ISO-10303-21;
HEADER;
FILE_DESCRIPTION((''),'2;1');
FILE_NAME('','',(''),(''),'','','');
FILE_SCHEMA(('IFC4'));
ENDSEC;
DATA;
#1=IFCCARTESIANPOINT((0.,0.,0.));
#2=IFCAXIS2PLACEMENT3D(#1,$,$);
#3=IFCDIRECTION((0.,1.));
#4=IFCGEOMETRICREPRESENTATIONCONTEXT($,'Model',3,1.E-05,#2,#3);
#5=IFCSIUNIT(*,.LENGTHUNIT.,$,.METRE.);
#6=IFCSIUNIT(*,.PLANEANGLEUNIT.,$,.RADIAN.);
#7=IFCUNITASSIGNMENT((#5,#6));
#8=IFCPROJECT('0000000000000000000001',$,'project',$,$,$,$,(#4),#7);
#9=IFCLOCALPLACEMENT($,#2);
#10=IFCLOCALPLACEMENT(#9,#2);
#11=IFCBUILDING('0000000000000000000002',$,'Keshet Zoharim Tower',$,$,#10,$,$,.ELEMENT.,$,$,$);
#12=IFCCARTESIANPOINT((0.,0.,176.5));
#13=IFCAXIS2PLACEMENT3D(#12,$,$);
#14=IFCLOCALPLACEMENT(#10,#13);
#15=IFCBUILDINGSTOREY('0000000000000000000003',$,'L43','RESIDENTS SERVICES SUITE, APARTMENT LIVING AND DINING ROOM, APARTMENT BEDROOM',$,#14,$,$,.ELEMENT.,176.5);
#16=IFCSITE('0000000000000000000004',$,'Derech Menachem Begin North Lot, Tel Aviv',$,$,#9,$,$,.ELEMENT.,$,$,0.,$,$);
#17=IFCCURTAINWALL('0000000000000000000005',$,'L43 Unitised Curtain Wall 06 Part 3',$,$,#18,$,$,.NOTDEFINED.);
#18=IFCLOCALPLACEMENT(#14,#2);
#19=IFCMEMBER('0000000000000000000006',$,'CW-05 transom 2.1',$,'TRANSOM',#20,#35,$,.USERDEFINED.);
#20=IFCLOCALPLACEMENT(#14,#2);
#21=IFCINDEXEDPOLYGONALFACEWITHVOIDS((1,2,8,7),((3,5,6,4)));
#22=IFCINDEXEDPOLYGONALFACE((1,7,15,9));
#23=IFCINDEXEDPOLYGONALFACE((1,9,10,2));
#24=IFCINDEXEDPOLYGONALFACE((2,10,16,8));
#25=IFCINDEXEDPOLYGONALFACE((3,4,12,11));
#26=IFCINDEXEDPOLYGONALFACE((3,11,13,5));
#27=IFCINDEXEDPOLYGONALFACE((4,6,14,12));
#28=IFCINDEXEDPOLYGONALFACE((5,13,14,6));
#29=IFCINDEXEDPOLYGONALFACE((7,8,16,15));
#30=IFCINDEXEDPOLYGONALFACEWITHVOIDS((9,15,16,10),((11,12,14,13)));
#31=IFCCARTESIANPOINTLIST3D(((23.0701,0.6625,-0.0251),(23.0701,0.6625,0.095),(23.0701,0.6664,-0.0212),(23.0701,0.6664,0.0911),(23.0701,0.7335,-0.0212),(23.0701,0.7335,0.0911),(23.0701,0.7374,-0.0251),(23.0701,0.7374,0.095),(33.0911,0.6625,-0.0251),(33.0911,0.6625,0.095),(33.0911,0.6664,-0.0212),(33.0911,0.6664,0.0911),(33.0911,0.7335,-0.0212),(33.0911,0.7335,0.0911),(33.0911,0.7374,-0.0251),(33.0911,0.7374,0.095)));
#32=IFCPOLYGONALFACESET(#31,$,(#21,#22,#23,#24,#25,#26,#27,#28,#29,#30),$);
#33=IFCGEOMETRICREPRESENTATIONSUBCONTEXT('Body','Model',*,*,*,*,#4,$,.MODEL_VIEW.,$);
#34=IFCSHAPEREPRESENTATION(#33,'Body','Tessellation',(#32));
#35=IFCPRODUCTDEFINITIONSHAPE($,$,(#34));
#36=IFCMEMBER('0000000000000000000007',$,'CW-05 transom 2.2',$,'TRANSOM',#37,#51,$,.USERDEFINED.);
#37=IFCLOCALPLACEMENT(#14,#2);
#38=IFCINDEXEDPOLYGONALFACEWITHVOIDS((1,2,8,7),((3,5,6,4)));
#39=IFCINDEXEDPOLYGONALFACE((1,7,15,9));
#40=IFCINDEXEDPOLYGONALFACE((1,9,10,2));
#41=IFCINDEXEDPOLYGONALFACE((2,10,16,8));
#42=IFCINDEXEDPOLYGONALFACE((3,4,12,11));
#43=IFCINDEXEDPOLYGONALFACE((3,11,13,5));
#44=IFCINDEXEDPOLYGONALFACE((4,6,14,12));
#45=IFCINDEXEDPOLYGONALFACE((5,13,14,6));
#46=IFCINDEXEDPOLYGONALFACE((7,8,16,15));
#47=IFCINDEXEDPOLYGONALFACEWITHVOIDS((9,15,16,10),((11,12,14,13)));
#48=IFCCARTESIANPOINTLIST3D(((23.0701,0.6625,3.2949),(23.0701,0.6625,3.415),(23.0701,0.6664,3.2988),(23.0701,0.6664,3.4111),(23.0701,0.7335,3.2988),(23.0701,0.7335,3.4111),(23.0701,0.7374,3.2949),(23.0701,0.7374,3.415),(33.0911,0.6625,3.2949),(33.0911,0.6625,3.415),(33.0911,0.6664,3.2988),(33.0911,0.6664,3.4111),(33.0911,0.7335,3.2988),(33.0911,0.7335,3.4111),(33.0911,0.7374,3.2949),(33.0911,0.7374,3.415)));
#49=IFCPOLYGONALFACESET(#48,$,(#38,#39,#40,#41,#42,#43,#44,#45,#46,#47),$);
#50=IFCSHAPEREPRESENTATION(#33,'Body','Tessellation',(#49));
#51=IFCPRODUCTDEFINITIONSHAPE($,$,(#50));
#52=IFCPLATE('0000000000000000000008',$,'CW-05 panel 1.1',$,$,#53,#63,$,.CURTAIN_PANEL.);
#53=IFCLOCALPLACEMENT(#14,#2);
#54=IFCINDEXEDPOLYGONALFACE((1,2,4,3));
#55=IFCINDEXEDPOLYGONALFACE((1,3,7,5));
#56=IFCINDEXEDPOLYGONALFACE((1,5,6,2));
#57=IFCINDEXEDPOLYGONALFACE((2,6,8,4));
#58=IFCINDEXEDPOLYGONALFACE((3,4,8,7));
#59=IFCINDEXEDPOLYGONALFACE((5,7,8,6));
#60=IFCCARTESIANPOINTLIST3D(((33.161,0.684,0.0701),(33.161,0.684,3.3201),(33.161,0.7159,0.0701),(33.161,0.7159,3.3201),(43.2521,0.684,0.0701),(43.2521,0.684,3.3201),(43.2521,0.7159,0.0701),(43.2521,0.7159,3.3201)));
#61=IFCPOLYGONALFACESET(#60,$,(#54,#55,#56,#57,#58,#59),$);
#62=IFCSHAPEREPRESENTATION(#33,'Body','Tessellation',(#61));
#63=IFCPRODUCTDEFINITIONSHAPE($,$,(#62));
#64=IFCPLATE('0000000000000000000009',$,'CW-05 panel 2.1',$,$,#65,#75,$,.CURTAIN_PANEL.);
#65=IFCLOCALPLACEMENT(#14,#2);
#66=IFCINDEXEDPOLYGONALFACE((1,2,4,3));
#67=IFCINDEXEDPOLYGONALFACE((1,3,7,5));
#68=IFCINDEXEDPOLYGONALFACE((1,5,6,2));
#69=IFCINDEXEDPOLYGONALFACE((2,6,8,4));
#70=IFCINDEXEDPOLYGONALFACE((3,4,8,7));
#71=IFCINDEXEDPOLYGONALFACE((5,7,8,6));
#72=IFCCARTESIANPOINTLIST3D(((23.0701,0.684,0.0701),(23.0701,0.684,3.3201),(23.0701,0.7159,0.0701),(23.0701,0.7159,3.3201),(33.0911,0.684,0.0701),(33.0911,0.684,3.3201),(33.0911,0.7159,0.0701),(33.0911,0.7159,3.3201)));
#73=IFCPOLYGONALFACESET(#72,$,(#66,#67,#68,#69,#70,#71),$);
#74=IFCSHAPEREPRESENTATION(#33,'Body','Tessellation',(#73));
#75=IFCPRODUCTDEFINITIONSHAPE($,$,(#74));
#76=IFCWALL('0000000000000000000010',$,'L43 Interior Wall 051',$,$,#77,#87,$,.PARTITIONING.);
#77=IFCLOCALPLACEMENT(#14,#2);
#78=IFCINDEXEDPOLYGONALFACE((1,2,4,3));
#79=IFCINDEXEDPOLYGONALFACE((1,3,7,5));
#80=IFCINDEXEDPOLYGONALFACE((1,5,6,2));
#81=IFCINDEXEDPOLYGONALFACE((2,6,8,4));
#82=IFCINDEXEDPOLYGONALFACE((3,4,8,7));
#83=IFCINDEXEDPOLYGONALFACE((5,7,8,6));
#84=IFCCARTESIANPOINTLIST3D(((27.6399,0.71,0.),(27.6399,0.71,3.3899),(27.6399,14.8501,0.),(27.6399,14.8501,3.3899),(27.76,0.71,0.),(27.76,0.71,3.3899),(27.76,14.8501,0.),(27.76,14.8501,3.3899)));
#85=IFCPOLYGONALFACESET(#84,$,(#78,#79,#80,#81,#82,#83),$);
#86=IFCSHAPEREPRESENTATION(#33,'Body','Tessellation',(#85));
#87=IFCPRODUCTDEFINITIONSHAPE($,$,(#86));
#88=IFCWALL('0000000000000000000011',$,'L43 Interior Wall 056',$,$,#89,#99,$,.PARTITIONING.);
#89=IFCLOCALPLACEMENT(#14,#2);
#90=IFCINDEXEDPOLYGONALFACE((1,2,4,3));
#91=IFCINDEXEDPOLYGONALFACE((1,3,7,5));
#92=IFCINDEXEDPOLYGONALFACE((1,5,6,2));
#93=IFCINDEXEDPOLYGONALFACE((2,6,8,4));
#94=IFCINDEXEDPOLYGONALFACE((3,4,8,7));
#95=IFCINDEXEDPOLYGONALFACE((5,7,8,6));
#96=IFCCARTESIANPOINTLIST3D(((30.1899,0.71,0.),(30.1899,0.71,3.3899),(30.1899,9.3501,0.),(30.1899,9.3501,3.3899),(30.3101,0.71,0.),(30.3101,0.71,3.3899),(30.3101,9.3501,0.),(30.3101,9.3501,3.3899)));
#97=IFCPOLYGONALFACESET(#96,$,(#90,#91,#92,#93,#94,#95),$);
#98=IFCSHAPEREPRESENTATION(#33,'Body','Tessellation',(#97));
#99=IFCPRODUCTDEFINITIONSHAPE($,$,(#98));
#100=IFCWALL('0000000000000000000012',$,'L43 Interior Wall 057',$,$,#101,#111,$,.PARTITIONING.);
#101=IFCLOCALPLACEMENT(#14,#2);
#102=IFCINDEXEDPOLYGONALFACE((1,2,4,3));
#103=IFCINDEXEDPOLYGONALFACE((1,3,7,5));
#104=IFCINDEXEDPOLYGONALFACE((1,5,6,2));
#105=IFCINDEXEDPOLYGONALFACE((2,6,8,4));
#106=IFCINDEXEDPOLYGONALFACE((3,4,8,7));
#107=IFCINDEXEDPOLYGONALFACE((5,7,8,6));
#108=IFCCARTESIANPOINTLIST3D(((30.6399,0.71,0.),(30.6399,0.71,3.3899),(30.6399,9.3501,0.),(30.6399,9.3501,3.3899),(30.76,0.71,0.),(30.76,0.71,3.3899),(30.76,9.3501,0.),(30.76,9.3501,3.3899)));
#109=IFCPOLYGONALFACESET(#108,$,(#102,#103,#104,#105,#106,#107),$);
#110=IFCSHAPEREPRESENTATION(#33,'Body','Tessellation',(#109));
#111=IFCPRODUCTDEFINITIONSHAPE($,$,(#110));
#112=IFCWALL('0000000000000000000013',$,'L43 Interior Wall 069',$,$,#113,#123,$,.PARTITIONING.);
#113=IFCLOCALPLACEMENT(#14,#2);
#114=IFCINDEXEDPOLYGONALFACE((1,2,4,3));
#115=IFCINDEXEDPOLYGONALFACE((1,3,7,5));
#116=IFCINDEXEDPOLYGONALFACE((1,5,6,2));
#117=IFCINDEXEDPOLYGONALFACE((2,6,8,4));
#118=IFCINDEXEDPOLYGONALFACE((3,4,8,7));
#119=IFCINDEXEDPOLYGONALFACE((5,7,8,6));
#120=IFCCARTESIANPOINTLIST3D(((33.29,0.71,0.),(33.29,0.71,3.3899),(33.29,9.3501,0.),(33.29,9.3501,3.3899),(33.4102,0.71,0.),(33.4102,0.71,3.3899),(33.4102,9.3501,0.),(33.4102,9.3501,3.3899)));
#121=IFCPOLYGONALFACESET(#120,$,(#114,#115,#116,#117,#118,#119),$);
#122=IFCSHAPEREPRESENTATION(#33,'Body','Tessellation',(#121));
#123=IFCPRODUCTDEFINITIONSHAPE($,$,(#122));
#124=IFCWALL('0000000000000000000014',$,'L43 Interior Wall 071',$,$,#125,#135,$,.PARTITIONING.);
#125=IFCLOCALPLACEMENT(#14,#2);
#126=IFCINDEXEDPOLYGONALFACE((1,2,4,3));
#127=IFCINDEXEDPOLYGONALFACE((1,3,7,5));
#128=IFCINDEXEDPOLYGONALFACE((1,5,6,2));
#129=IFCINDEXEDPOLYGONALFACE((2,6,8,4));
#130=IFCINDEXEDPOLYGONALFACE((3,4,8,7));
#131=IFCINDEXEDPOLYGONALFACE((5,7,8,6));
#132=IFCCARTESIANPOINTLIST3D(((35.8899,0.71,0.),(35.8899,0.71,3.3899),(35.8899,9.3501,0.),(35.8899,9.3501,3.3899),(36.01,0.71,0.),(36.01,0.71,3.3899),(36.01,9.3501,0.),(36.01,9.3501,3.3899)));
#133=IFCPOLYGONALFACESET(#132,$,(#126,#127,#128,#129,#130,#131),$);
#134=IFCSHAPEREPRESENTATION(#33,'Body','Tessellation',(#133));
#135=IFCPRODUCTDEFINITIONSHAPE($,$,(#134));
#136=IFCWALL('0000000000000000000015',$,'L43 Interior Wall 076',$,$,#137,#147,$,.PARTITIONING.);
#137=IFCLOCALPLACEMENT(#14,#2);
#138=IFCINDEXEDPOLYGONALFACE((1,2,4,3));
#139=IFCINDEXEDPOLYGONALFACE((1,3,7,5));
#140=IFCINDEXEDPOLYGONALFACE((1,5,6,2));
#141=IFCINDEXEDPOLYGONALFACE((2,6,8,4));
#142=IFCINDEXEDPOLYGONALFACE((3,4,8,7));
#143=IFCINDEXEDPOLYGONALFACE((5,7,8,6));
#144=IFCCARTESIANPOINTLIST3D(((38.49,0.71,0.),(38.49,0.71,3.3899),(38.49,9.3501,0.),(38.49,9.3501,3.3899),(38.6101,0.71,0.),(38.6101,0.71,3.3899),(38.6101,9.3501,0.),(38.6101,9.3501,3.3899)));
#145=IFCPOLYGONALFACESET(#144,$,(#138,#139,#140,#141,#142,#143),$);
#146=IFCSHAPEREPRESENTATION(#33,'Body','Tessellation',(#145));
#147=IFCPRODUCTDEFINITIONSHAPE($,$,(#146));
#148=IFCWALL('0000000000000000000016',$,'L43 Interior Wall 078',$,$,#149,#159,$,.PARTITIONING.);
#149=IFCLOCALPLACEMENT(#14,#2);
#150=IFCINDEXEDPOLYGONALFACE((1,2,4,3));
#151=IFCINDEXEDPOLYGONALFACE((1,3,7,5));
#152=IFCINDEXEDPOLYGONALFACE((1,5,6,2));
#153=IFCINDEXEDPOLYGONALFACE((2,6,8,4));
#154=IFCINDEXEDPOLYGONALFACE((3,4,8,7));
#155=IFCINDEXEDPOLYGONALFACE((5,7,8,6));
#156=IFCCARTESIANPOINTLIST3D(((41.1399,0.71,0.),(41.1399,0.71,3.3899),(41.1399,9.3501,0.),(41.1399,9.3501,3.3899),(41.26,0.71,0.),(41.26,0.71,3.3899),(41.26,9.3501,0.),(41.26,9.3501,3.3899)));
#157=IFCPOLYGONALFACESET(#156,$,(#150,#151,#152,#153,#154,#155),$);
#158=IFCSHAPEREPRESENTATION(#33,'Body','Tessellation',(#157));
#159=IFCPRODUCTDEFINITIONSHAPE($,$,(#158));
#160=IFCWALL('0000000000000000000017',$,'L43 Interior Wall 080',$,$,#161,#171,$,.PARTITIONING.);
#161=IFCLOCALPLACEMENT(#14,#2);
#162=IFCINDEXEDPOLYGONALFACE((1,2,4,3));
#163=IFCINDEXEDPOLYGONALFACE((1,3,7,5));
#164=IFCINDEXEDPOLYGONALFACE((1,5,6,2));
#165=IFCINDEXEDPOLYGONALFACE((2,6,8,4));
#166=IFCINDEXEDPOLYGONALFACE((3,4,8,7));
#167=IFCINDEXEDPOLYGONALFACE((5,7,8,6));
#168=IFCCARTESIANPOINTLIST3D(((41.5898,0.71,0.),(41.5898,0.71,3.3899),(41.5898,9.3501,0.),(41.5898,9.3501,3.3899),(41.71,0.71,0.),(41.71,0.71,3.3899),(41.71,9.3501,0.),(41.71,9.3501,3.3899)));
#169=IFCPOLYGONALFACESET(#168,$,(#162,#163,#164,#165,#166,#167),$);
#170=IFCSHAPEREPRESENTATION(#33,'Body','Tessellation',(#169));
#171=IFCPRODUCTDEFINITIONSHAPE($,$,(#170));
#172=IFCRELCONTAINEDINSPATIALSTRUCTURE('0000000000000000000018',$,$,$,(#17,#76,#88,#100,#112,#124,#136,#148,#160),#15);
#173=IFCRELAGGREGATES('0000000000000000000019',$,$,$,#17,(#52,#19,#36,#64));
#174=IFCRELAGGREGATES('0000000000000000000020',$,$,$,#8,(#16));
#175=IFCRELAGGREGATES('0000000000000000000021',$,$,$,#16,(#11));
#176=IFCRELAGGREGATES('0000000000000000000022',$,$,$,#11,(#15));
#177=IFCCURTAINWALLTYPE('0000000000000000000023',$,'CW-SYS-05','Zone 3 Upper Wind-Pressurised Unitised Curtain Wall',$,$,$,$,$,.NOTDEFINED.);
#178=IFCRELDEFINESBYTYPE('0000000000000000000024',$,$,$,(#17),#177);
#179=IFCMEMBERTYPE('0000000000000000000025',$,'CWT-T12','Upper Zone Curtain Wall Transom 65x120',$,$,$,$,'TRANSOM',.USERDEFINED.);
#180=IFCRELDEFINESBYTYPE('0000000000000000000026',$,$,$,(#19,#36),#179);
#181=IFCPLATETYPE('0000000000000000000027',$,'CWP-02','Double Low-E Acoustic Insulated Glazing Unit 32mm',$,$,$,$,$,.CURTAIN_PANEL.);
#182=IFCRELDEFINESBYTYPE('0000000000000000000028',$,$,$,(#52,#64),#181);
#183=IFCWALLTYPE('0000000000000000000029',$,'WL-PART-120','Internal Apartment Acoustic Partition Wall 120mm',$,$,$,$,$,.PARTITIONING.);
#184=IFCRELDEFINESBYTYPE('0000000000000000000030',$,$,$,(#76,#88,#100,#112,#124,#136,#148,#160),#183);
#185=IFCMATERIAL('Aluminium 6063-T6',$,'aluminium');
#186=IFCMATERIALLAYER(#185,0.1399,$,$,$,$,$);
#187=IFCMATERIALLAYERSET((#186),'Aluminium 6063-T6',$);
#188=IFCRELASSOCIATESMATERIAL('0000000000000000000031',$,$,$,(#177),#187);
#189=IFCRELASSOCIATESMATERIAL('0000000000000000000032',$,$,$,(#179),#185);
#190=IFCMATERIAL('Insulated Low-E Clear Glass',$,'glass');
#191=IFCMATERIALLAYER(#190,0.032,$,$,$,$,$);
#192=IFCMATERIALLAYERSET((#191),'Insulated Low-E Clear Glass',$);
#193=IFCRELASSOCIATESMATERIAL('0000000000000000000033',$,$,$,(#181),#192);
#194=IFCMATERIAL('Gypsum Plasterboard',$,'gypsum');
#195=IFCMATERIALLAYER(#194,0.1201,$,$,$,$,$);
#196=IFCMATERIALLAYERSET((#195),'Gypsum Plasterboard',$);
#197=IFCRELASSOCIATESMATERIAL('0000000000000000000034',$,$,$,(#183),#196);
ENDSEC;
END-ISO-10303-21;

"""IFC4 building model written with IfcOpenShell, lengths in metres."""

from ifc_helpers import new_model, si_unit, direction, frame, frame_2d, origin, origin_2d, place, context, subcontext, project, spatial, rectangle, hollow_rectangle, extrude, material, layer, layer_set, material_profile, profile_set, type_object, element, aggregate, save


model = new_model("IFC4")

# Units and contexts
model_context = context("Model", 3, precision=1e-05, world=origin(), true_north=direction((0.0, 1.0)))
body_context = subcontext(model_context, "Body", "Model", "MODEL_VIEW")
ifc_project = project(units=[si_unit("LENGTHUNIT", "METRE"), si_unit("PLANEANGLEUNIT", "RADIAN")], contexts=[model_context])

# Site, building, storey
site_placement = place(None, origin())
site = spatial("IfcSite", under=ifc_project, at=site_placement, Name="Derech Menachem Begin North Lot, Tel Aviv", CompositionType="ELEMENT", RefElevation=0.0)
building_placement = place(site_placement, origin())
building = spatial("IfcBuilding", under=site, at=building_placement, Name="Keshet Zoharim Tower", CompositionType="ELEMENT")
storey_placement = place(building_placement, frame((0.0, 0.0, 176.5)))
storey = spatial("IfcBuildingStorey", under=building, at=storey_placement, Name="L43", Description="RESIDENTS SERVICES SUITE, APARTMENT LIVING AND DINING ROOM, APARTMENT BEDROOM", CompositionType="ELEMENT", Elevation=176.5)

# Curtain wall, members, plates
ifc_material_1 = material(Name="Aluminium 6063-T6", Category="aluminium")
ifc_layer_1 = layer(ifc_material_1, 0.1399)
ifc_layer_set_1 = layer_set([ifc_layer_1], Name="Aluminium 6063-T6")
curtain_wall_type = type_object("IfcCurtainWallType", Name="CW-SYS-05", Description="Zone 3 Upper Wind-Pressurised Unitised Curtain Wall", PredefinedType="NOTDEFINED", material=ifc_layer_set_1)
curtain_wall_placement = place(storey_placement, origin())
curtain_wall = element("IfcCurtainWall", 1, at=curtain_wall_placement, inside=storey, type_object=curtain_wall_type, Name="L43 Unitised Curtain Wall 06 Part 3", PredefinedType="NOTDEFINED")
ifc_material_profile_1 = material_profile(ifc_material_1, hollow_rectangle(XDim=0.075, YDim=0.1201, WallThickness=0.0039, at=origin_2d()), Name="TRN-75x120")
ifc_profile_set_1 = profile_set([ifc_material_profile_1], Name="Aluminium 6063-T6")
member_type_1 = type_object("IfcMemberType", Name="CWT-T12", Description="Upper Zone Curtain Wall Transom 65x120", ElementType="TRANSOM", PredefinedType="USERDEFINED", material=ifc_profile_set_1)
member_1_placement = place(storey_placement, frame((33.0911, 0.7, 0.0349), z_axis=(-1.0, 0.0, 0.0), x_axis=(0.0, -1.0, 0.0)))
member_1 = element("IfcMember", 2, at=member_1_placement, type_object=member_type_1, Name="CW-05 transom 2.1", ObjectType="TRANSOM", PredefinedType="USERDEFINED", context=body_context, shape_type="SweptSolid", body=[
    extrude(hollow_rectangle(XDim=0.075, YDim=0.1201, WallThickness=0.0039, at=origin_2d()), origin(), (0.0, 0.0, 1.0), 10.021),
])
member_2_placement = place(storey_placement, frame((33.0911, 0.7, 3.355), z_axis=(-1.0, 0.0, 0.0), x_axis=(0.0, -1.0, 0.0)))
member_2 = element("IfcMember", 3, at=member_2_placement, type_object=member_type_1, Name="CW-05 transom 2.2", ObjectType="TRANSOM", PredefinedType="USERDEFINED", context=body_context, shape_type="SweptSolid", body=[
    extrude(hollow_rectangle(XDim=0.075, YDim=0.1201, WallThickness=0.0039, at=origin_2d()), origin(), (0.0, 0.0, 1.0), 10.021),
])
ifc_material_2 = material(Name="Insulated Low-E Clear Glass", Category="glass")
ifc_layer_2 = layer(ifc_material_2, 0.032)
ifc_layer_set_2 = layer_set([ifc_layer_2], Name="Insulated Low-E Clear Glass")
plate_type = type_object("IfcPlateType", Name="CWP-02", Description="Double Low-E Acoustic Insulated Glazing Unit 32mm", PredefinedType="CURTAIN_PANEL", material=ifc_layer_set_2)
plate_1_placement = place(storey_placement, frame((38.2065, 0.7, 0.0701), z_axis=(0.0, 0.0, 1.0), x_axis=(-1.0, 0.0, 0.0)))
plate_1 = element("IfcPlate", 4, at=plate_1_placement, type_object=plate_type, Name="CW-05 panel 1.1", PredefinedType="CURTAIN_PANEL", context=body_context, shape_type="SweptSolid", body=[
    extrude(rectangle(XDim=10.0911, YDim=0.032, at=origin_2d()), origin(), (0.0, 0.0, 1.0), 3.25),
])
plate_2_placement = place(storey_placement, frame((28.0806, 0.7, 0.0701), z_axis=(0.0, 0.0, 1.0), x_axis=(-1.0, 0.0, 0.0)))
plate_2 = element("IfcPlate", 5, at=plate_2_placement, type_object=plate_type, Name="CW-05 panel 2.1", PredefinedType="CURTAIN_PANEL", context=body_context, shape_type="SweptSolid", body=[
    extrude(rectangle(XDim=10.021, YDim=0.032, at=origin_2d()), origin(), (0.0, 0.0, 1.0), 3.25),
])
aggregate(curtain_wall, [plate_1, member_1, member_2, plate_2])

# Walls
ifc_material_3 = material(Name="Gypsum Plasterboard", Category="gypsum")
ifc_layer_3 = layer(ifc_material_3, 0.1201)
ifc_layer_set_3 = layer_set([ifc_layer_3], Name="Gypsum Plasterboard")
wall_type = type_object("IfcWallType", Name="WL-PART-120", Description="Internal Apartment Acoustic Partition Wall 120mm", PredefinedType="PARTITIONING", material=ifc_layer_set_3)
wall_placement = place(storey_placement, frame((27.7, 0.71, 0.0), z_axis=(0.0, 0.0, 1.0), x_axis=(0.0, 1.0, 0.0)))
element("IfcWall", 6, at=wall_placement, inside=storey, type_object=wall_type, Name="L43 Interior Wall 051", PredefinedType="PARTITIONING", context=body_context, shape_type="SweptSolid", body=[
    extrude(rectangle(XDim=14.1401, YDim=0.1201, at=frame_2d((7.0701, 0.0))), origin(), (0.0, 0.0, 1.0), 3.3899),
])
for number, where, z_axis, x_axis, name in (
    (7, (30.25, 0.71, 0.0), (0.0, 0.0, 1.0), (0.0, 1.0, 0.0), "L43 Interior Wall 056"),
    (8, (30.7, 0.71, 0.0), (0.0, 0.0, 1.0), (0.0, 1.0, 0.0), "L43 Interior Wall 057"),
    (9, (33.3501, 0.71, 0.0), (0.0, 0.0, 1.0), (0.0, 1.0, 0.0), "L43 Interior Wall 069"),
    (10, (35.95, 0.71, 0.0), (0.0, 0.0, 1.0), (0.0, 1.0, 0.0), "L43 Interior Wall 071"),
    (11, (38.55, 0.71, 0.0), (0.0, 0.0, 1.0), (0.0, 1.0, 0.0), "L43 Interior Wall 076"),
    (12, (41.2, 0.71, 0.0), (0.0, 0.0, 1.0), (0.0, 1.0, 0.0), "L43 Interior Wall 078"),
    (13, (41.6499, 0.71, 0.0), (0.0, 0.0, 1.0), (0.0, 1.0, 0.0), "L43 Interior Wall 080"),
):
    element("IfcWall", number, at=place(storey_placement, frame(where, z_axis=z_axis, x_axis=x_axis)), inside=storey, type_object=wall_type, Name=name, PredefinedType="PARTITIONING", context=body_context, shape_type="SweptSolid", body=[
        extrude(rectangle(XDim=8.6401, YDim=0.1201, at=frame_2d((4.3201, 0.0))), origin(), (0.0, 0.0, 1.0), 3.3899),
    ])

save(model, "model.ifc")
